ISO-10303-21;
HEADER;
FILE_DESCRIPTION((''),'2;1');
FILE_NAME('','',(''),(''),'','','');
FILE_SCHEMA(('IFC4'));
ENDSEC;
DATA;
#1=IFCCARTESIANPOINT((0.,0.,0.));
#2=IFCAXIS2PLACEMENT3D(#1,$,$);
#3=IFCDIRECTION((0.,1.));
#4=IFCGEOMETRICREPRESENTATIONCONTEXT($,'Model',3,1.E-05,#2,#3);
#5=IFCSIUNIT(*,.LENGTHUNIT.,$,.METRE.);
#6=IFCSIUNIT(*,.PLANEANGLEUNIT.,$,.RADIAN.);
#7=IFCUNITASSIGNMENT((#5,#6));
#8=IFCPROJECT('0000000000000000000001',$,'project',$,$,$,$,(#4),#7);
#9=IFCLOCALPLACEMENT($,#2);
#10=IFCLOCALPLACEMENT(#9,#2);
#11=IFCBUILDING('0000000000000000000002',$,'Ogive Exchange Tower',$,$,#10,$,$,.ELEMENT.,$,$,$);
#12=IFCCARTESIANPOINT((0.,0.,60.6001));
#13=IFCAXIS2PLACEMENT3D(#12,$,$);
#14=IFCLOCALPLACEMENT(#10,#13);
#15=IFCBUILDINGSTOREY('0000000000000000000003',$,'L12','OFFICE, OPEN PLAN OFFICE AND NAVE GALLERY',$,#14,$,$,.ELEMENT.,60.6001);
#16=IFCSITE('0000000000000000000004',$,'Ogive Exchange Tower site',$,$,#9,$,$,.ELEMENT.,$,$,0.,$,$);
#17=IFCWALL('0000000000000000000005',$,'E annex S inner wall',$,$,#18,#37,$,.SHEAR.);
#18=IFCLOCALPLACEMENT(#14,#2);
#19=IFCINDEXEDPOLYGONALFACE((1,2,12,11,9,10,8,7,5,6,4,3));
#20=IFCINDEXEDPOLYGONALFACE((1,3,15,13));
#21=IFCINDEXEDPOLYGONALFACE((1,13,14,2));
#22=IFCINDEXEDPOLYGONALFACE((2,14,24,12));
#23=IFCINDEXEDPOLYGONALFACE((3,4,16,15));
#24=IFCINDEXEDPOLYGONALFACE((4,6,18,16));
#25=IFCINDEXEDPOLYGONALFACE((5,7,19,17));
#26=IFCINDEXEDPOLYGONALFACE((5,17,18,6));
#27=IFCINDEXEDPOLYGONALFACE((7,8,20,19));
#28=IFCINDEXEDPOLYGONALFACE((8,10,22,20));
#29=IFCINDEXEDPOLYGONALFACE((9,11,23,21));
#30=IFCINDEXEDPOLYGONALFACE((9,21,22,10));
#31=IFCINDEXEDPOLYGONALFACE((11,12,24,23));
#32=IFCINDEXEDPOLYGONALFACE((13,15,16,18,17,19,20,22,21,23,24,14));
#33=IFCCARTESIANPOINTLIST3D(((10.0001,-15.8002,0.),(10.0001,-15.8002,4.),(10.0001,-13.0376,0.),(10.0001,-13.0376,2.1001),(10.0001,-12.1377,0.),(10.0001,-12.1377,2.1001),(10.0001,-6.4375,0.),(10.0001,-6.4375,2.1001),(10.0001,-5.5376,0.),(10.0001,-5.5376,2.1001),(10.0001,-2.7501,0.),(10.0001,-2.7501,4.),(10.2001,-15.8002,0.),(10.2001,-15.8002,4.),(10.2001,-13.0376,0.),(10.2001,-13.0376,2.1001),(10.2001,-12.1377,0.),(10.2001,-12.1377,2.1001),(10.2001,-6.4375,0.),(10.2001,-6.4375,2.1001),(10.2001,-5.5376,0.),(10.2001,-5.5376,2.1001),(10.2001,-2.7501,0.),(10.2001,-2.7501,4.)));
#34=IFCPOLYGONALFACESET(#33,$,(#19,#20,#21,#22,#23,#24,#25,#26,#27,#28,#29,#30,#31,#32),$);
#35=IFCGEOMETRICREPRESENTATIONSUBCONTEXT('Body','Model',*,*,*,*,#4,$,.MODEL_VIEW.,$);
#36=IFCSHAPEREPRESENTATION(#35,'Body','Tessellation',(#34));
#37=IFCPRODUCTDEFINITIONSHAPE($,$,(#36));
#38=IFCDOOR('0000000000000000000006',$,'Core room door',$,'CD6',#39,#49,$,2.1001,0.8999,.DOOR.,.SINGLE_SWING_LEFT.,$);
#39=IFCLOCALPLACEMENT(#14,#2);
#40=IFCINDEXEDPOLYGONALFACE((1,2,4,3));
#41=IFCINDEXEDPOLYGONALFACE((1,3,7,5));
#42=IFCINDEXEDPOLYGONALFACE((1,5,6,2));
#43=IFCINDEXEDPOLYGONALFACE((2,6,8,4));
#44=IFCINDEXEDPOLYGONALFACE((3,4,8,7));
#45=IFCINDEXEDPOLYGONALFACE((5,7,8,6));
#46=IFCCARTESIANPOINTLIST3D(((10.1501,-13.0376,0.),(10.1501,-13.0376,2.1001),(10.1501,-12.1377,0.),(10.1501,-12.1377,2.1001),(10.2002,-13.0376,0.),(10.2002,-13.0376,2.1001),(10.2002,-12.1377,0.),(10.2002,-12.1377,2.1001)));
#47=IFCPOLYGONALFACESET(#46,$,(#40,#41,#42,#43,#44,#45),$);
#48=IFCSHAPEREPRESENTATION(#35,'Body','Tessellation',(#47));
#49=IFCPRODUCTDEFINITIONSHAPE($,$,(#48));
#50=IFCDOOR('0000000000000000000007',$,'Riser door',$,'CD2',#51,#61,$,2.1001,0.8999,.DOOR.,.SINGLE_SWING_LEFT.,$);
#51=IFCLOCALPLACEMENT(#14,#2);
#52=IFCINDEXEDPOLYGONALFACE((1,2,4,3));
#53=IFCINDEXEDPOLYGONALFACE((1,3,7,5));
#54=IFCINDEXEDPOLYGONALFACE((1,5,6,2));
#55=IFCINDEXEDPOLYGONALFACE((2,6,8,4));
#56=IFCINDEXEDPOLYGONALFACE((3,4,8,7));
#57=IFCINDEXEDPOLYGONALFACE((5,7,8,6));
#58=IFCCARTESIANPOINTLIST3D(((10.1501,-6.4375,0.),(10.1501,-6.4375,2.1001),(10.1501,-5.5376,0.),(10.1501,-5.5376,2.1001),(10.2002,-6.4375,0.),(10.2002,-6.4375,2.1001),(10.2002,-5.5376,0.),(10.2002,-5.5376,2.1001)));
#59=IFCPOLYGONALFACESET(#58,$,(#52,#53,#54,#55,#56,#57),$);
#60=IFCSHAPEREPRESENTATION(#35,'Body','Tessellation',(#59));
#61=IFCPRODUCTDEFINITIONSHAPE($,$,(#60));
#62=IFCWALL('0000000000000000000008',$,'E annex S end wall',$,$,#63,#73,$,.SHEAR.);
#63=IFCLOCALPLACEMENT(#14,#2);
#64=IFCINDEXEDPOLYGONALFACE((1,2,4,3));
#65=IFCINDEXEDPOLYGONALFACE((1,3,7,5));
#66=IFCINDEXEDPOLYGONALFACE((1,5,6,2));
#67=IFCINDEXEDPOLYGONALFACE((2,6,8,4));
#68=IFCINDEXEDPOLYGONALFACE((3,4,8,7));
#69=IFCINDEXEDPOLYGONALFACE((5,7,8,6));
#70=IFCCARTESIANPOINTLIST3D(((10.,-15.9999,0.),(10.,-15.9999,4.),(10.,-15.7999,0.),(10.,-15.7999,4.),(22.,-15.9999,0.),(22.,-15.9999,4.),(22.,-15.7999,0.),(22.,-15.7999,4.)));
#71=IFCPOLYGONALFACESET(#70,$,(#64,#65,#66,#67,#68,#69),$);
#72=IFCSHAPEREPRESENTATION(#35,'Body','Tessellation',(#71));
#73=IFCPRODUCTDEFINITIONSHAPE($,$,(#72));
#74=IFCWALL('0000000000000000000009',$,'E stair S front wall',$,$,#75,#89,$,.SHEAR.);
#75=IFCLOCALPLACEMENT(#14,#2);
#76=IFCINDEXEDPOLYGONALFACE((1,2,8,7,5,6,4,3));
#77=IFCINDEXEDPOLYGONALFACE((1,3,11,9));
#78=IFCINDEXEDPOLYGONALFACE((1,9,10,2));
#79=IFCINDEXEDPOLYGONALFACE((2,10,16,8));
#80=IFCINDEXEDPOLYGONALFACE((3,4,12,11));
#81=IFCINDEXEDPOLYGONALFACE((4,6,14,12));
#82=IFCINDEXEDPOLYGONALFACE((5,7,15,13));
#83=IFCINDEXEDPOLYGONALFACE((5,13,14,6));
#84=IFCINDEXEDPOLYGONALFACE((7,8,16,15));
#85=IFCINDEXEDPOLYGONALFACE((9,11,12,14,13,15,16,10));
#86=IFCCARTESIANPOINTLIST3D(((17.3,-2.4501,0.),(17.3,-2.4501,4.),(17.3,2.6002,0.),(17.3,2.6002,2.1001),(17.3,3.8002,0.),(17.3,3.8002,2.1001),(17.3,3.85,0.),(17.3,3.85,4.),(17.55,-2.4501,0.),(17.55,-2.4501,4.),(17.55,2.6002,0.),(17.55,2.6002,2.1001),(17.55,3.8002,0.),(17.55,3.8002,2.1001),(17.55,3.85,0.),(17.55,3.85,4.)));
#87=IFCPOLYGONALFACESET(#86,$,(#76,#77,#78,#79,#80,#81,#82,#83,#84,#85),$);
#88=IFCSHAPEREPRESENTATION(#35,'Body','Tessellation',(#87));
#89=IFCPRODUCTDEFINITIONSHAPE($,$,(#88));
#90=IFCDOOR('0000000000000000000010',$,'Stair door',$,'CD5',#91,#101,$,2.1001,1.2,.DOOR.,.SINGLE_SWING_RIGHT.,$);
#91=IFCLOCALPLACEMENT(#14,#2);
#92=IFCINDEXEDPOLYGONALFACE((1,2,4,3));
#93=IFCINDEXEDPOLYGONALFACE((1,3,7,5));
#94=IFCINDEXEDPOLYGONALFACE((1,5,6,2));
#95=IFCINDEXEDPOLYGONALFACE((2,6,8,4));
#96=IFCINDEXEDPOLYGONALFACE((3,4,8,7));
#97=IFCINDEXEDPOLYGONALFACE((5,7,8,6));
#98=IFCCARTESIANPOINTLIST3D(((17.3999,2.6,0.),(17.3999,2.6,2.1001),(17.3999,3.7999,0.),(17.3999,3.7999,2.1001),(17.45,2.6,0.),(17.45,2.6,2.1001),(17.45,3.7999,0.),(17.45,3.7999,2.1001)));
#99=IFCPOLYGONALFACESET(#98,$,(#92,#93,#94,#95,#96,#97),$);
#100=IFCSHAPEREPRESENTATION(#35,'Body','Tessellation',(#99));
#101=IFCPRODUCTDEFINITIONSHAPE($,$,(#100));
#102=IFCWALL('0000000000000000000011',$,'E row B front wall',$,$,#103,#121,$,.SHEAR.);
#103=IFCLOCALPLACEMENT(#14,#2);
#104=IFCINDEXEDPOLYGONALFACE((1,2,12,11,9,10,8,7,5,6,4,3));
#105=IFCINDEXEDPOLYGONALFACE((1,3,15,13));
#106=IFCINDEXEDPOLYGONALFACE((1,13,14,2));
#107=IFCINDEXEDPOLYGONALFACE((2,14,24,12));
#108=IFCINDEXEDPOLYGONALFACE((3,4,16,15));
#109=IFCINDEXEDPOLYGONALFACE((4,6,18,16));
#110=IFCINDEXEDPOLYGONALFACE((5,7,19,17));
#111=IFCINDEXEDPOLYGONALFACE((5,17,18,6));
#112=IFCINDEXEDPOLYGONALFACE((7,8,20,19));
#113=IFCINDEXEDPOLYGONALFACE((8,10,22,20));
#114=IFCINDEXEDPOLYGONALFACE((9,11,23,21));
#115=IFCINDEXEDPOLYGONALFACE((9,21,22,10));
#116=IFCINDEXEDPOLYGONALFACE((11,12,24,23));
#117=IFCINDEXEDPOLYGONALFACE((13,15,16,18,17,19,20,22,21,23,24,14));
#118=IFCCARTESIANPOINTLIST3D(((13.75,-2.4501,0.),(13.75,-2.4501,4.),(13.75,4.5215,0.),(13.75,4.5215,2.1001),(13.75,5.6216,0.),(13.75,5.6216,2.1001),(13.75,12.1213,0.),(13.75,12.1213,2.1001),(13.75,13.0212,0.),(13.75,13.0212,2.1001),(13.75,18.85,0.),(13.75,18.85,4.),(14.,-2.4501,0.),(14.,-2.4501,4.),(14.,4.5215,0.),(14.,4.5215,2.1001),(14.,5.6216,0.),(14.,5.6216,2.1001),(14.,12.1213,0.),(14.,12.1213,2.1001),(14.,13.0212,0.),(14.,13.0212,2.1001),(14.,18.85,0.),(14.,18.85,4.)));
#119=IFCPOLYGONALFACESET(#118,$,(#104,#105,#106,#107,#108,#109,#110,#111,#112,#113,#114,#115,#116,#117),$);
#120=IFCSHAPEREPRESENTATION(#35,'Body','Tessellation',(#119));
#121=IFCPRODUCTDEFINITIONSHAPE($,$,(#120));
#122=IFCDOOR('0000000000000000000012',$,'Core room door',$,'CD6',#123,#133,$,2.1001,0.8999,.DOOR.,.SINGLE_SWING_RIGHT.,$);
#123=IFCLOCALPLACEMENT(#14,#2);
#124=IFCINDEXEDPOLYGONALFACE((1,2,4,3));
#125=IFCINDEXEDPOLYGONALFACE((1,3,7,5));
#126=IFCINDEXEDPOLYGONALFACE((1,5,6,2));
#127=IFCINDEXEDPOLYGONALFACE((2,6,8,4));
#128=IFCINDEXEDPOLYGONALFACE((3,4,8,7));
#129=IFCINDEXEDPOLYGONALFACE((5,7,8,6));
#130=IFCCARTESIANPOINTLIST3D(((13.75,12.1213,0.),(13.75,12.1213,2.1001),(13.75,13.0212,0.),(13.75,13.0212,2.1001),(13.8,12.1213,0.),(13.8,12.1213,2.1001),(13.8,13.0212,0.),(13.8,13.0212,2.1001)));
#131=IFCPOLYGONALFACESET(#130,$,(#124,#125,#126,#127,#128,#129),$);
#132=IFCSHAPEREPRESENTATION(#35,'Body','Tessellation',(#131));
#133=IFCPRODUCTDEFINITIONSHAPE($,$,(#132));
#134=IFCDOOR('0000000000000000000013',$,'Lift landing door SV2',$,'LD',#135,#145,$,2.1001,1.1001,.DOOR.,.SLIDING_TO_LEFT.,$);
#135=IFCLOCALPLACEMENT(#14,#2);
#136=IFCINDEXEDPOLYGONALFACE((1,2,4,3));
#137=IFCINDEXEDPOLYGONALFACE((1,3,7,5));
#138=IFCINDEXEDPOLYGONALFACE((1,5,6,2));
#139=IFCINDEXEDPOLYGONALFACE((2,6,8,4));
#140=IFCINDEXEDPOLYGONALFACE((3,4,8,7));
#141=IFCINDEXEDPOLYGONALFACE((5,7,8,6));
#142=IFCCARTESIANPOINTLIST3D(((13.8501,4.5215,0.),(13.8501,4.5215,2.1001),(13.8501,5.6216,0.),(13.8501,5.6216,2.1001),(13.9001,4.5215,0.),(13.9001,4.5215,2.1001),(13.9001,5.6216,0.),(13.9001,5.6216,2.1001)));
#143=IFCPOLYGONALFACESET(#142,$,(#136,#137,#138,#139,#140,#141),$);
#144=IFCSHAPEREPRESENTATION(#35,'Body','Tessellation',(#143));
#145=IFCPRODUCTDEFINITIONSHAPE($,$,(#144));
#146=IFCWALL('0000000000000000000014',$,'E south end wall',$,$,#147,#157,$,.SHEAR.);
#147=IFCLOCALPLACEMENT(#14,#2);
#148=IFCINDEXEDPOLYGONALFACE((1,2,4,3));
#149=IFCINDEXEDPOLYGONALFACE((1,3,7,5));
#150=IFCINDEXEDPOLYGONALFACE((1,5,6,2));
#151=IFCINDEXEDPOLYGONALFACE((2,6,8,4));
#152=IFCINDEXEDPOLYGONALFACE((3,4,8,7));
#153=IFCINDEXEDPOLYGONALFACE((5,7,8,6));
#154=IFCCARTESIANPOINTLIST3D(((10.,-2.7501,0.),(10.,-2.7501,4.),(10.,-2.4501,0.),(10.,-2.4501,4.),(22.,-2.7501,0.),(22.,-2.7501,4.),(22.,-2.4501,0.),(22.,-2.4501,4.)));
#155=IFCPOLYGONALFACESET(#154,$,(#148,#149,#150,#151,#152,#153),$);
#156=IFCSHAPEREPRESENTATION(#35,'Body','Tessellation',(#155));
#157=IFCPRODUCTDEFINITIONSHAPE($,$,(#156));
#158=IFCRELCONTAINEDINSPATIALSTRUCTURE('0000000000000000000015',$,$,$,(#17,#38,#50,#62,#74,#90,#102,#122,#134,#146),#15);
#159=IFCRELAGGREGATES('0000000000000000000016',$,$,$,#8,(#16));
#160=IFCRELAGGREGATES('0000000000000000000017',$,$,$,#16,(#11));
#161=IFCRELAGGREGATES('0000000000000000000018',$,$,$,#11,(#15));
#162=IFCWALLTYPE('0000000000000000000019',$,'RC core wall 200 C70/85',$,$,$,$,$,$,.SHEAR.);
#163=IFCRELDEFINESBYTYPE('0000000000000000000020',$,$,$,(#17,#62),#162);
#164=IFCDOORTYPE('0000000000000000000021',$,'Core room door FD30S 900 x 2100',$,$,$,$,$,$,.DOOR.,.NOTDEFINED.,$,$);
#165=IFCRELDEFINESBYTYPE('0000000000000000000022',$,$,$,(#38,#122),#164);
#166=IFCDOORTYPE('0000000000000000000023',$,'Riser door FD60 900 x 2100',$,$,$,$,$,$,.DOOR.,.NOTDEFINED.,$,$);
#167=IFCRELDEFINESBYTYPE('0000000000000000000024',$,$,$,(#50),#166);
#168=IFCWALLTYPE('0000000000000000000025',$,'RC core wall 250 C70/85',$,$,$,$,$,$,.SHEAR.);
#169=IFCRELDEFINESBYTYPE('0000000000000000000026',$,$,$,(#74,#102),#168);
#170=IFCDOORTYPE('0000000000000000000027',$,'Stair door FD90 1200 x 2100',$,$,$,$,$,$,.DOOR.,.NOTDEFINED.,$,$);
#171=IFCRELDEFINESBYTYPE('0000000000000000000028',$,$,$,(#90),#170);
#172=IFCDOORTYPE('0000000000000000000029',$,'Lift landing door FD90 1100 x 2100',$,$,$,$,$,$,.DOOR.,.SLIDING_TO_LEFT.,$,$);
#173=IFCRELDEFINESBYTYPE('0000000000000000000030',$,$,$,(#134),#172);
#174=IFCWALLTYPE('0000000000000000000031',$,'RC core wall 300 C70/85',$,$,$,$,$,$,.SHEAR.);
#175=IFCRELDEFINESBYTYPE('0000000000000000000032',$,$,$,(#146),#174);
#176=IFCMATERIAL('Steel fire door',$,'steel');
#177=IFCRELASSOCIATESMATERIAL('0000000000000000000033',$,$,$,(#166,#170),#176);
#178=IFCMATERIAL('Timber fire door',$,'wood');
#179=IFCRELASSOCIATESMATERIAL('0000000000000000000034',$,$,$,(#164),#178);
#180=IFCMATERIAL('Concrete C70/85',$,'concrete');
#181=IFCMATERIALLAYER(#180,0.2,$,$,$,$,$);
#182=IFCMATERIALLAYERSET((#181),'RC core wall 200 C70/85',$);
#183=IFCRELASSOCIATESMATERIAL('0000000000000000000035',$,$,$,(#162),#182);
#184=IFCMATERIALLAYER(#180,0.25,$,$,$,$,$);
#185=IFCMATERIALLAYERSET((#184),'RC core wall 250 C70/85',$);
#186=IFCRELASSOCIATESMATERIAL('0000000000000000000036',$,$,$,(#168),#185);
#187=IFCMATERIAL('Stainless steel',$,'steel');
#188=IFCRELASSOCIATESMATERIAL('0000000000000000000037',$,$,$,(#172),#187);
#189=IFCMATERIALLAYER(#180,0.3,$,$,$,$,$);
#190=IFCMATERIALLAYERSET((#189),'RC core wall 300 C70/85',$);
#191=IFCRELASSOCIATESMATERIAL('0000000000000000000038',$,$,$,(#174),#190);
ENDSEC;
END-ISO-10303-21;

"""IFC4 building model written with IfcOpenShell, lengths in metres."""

from ifc_helpers import new_model, si_unit, direction, frame, frame_2d, origin, place, context, subcontext, project, spatial, rectangle, extrude, material, layer, layer_set, type_object, element, fill, save


model = new_model("IFC4")

# Units and contexts
model_context = context("Model", 3, precision=1e-05, world=origin(), true_north=direction((0.0, 1.0)))
body_context = subcontext(model_context, "Body", "Model", "MODEL_VIEW")
ifc_project = project(units=[si_unit("LENGTHUNIT", "METRE"), si_unit("PLANEANGLEUNIT", "RADIAN")], contexts=[model_context])

# Site, building, storey
site_placement = place(None, origin())
site = spatial("IfcSite", under=ifc_project, at=site_placement, Name="Ogive Exchange Tower site", CompositionType="ELEMENT", RefElevation=0.0)
building_placement = place(site_placement, origin())
building = spatial("IfcBuilding", under=site, at=building_placement, Name="Ogive Exchange Tower", CompositionType="ELEMENT")
storey_placement = place(building_placement, frame((0.0, 0.0, 60.6001)))
storey = spatial("IfcBuildingStorey", under=building, at=storey_placement, Name="L12", Description="OFFICE, OPEN PLAN OFFICE AND NAVE GALLERY", CompositionType="ELEMENT", Elevation=60.6001)

# Shared definitions
ifc_material_1 = material(Name="Steel fire door", Category="steel")
door_type_1 = type_object("IfcDoorType", Name="Riser door FD60 900 x 2100", OperationType="NOTDEFINED", PredefinedType="DOOR", material=ifc_material_1)

# Wall, openings, doors
ifc_material_2 = material(Name="Concrete C70/85", Category="concrete")
ifc_material_3 = material(Name="Timber fire door", Category="wood")
door_type_2 = type_object("IfcDoorType", Name="Core room door FD30S 900 x 2100", OperationType="NOTDEFINED", PredefinedType="DOOR", material=ifc_material_3)
ifc_layer_1 = layer(ifc_material_2, 0.2)
ifc_layer_set_1 = layer_set([ifc_layer_1], Name="RC core wall 200 C70/85")
wall_type_1 = type_object("IfcWallType", Name="RC core wall 200 C70/85", PredefinedType="SHEAR", material=ifc_layer_set_1)
wall_1_placement = place(storey_placement, frame((10.1001, -15.8, 0.0), z_axis=(0.0, 0.0, 1.0), x_axis=(0.0, 1.0, 0.0)))
wall_1 = element("IfcWall", 1, at=wall_1_placement, inside=storey, type_object=wall_type_1, Name="E annex S inner wall", PredefinedType="SHEAR", context=body_context, shape_type="SweptSolid", body=[
    extrude(rectangle(XDim=13.05, YDim=0.2, at=frame_2d((6.5249, 0.0))), origin(), (0.0, 0.0, 1.0), 4.0),
])
opening_1_placement = place(wall_1_placement, frame((2.7625, 0.0, 0.0)))
opening_1 = element("IfcOpeningElement", 2, at=opening_1_placement, cuts=wall_1, PredefinedType="OPENING", context=body_context, shape_type="SweptSolid", body=[
    extrude(rectangle(XDim=0.8999, YDim=2.1001, at=frame_2d((0.45, 1.05))), frame((0.0, 0.1099, 0.0), z_axis=(0.0, -1.0, 0.0), x_axis=(1.0, 0.0, 0.0)), (0.0, 0.0, 1.0), 0.22),
])
opening_2_placement = place(wall_1_placement, frame((9.3625, 0.0, 0.0)))
opening_2 = element("IfcOpeningElement", 3, at=opening_2_placement, cuts=wall_1, PredefinedType="OPENING", context=body_context, shape_type="SweptSolid", body=[
    extrude(rectangle(XDim=0.8999, YDim=2.1001, at=frame_2d((0.45, 1.05))), frame((0.0, 0.1099, 0.0), z_axis=(0.0, -1.0, 0.0), x_axis=(1.0, 0.0, 0.0)), (0.0, 0.0, 1.0), 0.22),
])
door_1_placement = place(opening_1_placement, frame((0.8999, -0.1499, 0.0), z_axis=(0.0, 0.0, 1.0), x_axis=(-1.0, 0.0, 0.0)))
door_1 = element("IfcDoor", 4, at=door_1_placement, inside=storey, type_object=door_type_2, Name="Core room door", ObjectType="CD6", OperationType="SINGLE_SWING_LEFT", OverallHeight=2.1001, OverallWidth=0.8999, PredefinedType="DOOR", context=body_context, shape_type="SweptSolid", body=[
    extrude(rectangle(XDim=0.8999, YDim=2.1001, at=frame_2d((0.45, 1.05))), frame((0.0, -0.0498, 0.0), z_axis=(0.0, -1.0, 0.0), x_axis=(1.0, 0.0, 0.0)), (0.0, 0.0, 1.0), 0.05),
])
fill(opening_1, door_1)
door_2_placement = place(opening_2_placement, frame((0.8999, -0.1499, 0.0), z_axis=(0.0, 0.0, 1.0), x_axis=(-1.0, 0.0, 0.0)))
door_2 = element("IfcDoor", 5, at=door_2_placement, inside=storey, type_object=door_type_1, Name="Riser door", ObjectType="CD2", OperationType="SINGLE_SWING_LEFT", OverallHeight=2.1001, OverallWidth=0.8999, PredefinedType="DOOR", context=body_context, shape_type="SweptSolid", body=[
    extrude(rectangle(XDim=0.8999, YDim=2.1001, at=frame_2d((0.45, 1.05))), frame((0.0, -0.0498, 0.0), z_axis=(0.0, -1.0, 0.0), x_axis=(1.0, 0.0, 0.0)), (0.0, 0.0, 1.0), 0.05),
])
fill(opening_2, door_2)

# Wall
wall_2_placement = place(storey_placement, frame((10.0, -15.8999, 0.0), z_axis=(0.0, 0.0, 1.0), x_axis=(1.0, 0.0, 0.0)))
element("IfcWall", 6, at=wall_2_placement, inside=storey, type_object=wall_type_1, Name="E annex S end wall", PredefinedType="SHEAR", context=body_context, shape_type="SweptSolid", body=[
    extrude(rectangle(XDim=12.0, YDim=0.2, at=frame_2d((6.0, 0.0))), origin(), (0.0, 0.0, 1.0), 4.0),
])

# Wall, opening, door
ifc_layer_2 = layer(ifc_material_2, 0.25)
ifc_layer_set_2 = layer_set([ifc_layer_2], Name="RC core wall 250 C70/85")
wall_type_2 = type_object("IfcWallType", Name="RC core wall 250 C70/85", PredefinedType="SHEAR", material=ifc_layer_set_2)
wall_3_placement = place(storey_placement, frame((17.425, -2.45, 0.0), z_axis=(0.0, 0.0, 1.0), x_axis=(0.0, 1.0, 0.0)))
wall_3 = element("IfcWall", 7, at=wall_3_placement, inside=storey, type_object=wall_type_2, Name="E stair S front wall", PredefinedType="SHEAR", context=body_context, shape_type="SweptSolid", body=[
    extrude(rectangle(XDim=6.3, YDim=0.25, at=frame_2d((3.1499, 0.0))), origin(), (0.0, 0.0, 1.0), 4.0),
])
opening_3_placement = place(wall_3_placement, frame((5.05, 0.0, 0.0)))
opening_3 = element("IfcOpeningElement", 8, at=opening_3_placement, cuts=wall_3, PredefinedType="OPENING", context=body_context, shape_type="SweptSolid", body=[
    extrude(rectangle(XDim=1.2, YDim=2.1001, at=frame_2d((0.6001, 1.05))), frame((0.0, 0.135, 0.0), z_axis=(0.0, -1.0, 0.0), x_axis=(1.0, 0.0, 0.0)), (0.0, 0.0, 1.0), 0.27),
])
door_type_3 = type_object("IfcDoorType", Name="Stair door FD90 1200 x 2100", OperationType="NOTDEFINED", PredefinedType="DOOR", material=ifc_material_1)
door_3_placement = place(opening_3_placement, frame((1.2, 0.0, 0.0), z_axis=(0.0, 0.0, 1.0), x_axis=(-1.0, 0.0, 0.0)))
door_3 = element("IfcDoor", 9, at=door_3_placement, inside=storey, type_object=door_type_3, Name="Stair door", ObjectType="CD5", OperationType="SINGLE_SWING_RIGHT", OverallHeight=2.1001, OverallWidth=1.2, PredefinedType="DOOR", context=body_context, shape_type="SweptSolid", body=[
    extrude(rectangle(XDim=1.2, YDim=2.1001, at=frame_2d((0.6001, 1.05))), frame((0.0, 0.0249, 0.0), z_axis=(0.0, -1.0, 0.0), x_axis=(1.0, 0.0, 0.0)), (0.0, 0.0, 1.0), 0.05),
])
fill(opening_3, door_3)

# Wall, openings, doors
wall_4_placement = place(storey_placement, frame((13.875, -2.45, 0.0), z_axis=(0.0, 0.0, 1.0), x_axis=(0.0, 1.0, 0.0)))
wall_4 = element("IfcWall", 10, at=wall_4_placement, inside=storey, type_object=wall_type_2, Name="E row B front wall", PredefinedType="SHEAR", context=body_context, shape_type="SweptSolid", body=[
    extrude(rectangle(XDim=21.3, YDim=0.25, at=frame_2d((10.6499, 0.0))), origin(), (0.0, 0.0, 1.0), 4.0),
])
opening_4_placement = place(wall_4_placement, frame((14.5713, 0.0, 0.0)))
opening_4 = element("IfcOpeningElement", 11, at=opening_4_placement, cuts=wall_4, PredefinedType="OPENING", context=body_context, shape_type="SweptSolid", body=[
    extrude(rectangle(XDim=0.8999, YDim=2.1001, at=frame_2d((0.45, 1.05))), frame((0.0, 0.135, 0.0), z_axis=(0.0, -1.0, 0.0), x_axis=(1.0, 0.0, 0.0)), (0.0, 0.0, 1.0), 0.27),
])
opening_5_placement = place(wall_4_placement, frame((6.9714, 0.0, 0.0)))
opening_5 = element("IfcOpeningElement", 12, at=opening_5_placement, cuts=wall_4, PredefinedType="OPENING", context=body_context, shape_type="SweptSolid", body=[
    extrude(rectangle(XDim=1.1001, YDim=2.1001, at=frame_2d((0.55, 1.05))), frame((0.0, 0.135, 0.0), z_axis=(0.0, -1.0, 0.0), x_axis=(1.0, 0.0, 0.0)), (0.0, 0.0, 1.0), 0.27),
])
door_4_placement = place(opening_4_placement, origin())
door_4 = element("IfcDoor", 13, at=door_4_placement, inside=storey, type_object=door_type_2, Name="Core room door", ObjectType="CD6", OperationType="SINGLE_SWING_RIGHT", OverallHeight=2.1001, OverallWidth=0.8999, PredefinedType="DOOR", context=body_context, shape_type="SweptSolid", body=[
    extrude(rectangle(XDim=0.8999, YDim=2.1001, at=frame_2d((0.45, 1.05))), frame((0.0, 0.125, 0.0), z_axis=(0.0, -1.0, 0.0), x_axis=(1.0, 0.0, 0.0)), (0.0, 0.0, 1.0), 0.05),
])
fill(opening_4, door_4)
ifc_material_4 = material(Name="Stainless steel", Category="steel")
door_type_4 = type_object("IfcDoorType", Name="Lift landing door FD90 1100 x 2100", OperationType="SLIDING_TO_LEFT", PredefinedType="DOOR", material=ifc_material_4)
door_5_placement = place(opening_5_placement, origin())
door_5 = element("IfcDoor", 14, at=door_5_placement, inside=storey, type_object=door_type_4, Name="Lift landing door SV2", ObjectType="LD", OperationType="SLIDING_TO_LEFT", OverallHeight=2.1001, OverallWidth=1.1001, PredefinedType="DOOR", context=body_context, shape_type="SweptSolid", body=[
    extrude(rectangle(XDim=1.1001, YDim=2.1001, at=frame_2d((0.55, 1.05))), frame((0.0, 0.0249, 0.0), z_axis=(0.0, -1.0, 0.0), x_axis=(1.0, 0.0, 0.0)), (0.0, 0.0, 1.0), 0.05),
])
fill(opening_5, door_5)

# Wall
ifc_layer_3 = layer(ifc_material_2, 0.3)
ifc_layer_set_3 = layer_set([ifc_layer_3], Name="RC core wall 300 C70/85")
wall_type_3 = type_object("IfcWallType", Name="RC core wall 300 C70/85", PredefinedType="SHEAR", material=ifc_layer_set_3)
wall_5_placement = place(storey_placement, frame((10.0, -2.6001, 0.0), z_axis=(0.0, 0.0, 1.0), x_axis=(1.0, 0.0, 0.0)))
element("IfcWall", 15, at=wall_5_placement, inside=storey, type_object=wall_type_3, Name="E south end wall", PredefinedType="SHEAR", context=body_context, shape_type="SweptSolid", body=[
    extrude(rectangle(XDim=12.0, YDim=0.3, at=frame_2d((6.0, 0.0))), origin(), (0.0, 0.0, 1.0), 4.0),
])

save(model, "model.ifc")
